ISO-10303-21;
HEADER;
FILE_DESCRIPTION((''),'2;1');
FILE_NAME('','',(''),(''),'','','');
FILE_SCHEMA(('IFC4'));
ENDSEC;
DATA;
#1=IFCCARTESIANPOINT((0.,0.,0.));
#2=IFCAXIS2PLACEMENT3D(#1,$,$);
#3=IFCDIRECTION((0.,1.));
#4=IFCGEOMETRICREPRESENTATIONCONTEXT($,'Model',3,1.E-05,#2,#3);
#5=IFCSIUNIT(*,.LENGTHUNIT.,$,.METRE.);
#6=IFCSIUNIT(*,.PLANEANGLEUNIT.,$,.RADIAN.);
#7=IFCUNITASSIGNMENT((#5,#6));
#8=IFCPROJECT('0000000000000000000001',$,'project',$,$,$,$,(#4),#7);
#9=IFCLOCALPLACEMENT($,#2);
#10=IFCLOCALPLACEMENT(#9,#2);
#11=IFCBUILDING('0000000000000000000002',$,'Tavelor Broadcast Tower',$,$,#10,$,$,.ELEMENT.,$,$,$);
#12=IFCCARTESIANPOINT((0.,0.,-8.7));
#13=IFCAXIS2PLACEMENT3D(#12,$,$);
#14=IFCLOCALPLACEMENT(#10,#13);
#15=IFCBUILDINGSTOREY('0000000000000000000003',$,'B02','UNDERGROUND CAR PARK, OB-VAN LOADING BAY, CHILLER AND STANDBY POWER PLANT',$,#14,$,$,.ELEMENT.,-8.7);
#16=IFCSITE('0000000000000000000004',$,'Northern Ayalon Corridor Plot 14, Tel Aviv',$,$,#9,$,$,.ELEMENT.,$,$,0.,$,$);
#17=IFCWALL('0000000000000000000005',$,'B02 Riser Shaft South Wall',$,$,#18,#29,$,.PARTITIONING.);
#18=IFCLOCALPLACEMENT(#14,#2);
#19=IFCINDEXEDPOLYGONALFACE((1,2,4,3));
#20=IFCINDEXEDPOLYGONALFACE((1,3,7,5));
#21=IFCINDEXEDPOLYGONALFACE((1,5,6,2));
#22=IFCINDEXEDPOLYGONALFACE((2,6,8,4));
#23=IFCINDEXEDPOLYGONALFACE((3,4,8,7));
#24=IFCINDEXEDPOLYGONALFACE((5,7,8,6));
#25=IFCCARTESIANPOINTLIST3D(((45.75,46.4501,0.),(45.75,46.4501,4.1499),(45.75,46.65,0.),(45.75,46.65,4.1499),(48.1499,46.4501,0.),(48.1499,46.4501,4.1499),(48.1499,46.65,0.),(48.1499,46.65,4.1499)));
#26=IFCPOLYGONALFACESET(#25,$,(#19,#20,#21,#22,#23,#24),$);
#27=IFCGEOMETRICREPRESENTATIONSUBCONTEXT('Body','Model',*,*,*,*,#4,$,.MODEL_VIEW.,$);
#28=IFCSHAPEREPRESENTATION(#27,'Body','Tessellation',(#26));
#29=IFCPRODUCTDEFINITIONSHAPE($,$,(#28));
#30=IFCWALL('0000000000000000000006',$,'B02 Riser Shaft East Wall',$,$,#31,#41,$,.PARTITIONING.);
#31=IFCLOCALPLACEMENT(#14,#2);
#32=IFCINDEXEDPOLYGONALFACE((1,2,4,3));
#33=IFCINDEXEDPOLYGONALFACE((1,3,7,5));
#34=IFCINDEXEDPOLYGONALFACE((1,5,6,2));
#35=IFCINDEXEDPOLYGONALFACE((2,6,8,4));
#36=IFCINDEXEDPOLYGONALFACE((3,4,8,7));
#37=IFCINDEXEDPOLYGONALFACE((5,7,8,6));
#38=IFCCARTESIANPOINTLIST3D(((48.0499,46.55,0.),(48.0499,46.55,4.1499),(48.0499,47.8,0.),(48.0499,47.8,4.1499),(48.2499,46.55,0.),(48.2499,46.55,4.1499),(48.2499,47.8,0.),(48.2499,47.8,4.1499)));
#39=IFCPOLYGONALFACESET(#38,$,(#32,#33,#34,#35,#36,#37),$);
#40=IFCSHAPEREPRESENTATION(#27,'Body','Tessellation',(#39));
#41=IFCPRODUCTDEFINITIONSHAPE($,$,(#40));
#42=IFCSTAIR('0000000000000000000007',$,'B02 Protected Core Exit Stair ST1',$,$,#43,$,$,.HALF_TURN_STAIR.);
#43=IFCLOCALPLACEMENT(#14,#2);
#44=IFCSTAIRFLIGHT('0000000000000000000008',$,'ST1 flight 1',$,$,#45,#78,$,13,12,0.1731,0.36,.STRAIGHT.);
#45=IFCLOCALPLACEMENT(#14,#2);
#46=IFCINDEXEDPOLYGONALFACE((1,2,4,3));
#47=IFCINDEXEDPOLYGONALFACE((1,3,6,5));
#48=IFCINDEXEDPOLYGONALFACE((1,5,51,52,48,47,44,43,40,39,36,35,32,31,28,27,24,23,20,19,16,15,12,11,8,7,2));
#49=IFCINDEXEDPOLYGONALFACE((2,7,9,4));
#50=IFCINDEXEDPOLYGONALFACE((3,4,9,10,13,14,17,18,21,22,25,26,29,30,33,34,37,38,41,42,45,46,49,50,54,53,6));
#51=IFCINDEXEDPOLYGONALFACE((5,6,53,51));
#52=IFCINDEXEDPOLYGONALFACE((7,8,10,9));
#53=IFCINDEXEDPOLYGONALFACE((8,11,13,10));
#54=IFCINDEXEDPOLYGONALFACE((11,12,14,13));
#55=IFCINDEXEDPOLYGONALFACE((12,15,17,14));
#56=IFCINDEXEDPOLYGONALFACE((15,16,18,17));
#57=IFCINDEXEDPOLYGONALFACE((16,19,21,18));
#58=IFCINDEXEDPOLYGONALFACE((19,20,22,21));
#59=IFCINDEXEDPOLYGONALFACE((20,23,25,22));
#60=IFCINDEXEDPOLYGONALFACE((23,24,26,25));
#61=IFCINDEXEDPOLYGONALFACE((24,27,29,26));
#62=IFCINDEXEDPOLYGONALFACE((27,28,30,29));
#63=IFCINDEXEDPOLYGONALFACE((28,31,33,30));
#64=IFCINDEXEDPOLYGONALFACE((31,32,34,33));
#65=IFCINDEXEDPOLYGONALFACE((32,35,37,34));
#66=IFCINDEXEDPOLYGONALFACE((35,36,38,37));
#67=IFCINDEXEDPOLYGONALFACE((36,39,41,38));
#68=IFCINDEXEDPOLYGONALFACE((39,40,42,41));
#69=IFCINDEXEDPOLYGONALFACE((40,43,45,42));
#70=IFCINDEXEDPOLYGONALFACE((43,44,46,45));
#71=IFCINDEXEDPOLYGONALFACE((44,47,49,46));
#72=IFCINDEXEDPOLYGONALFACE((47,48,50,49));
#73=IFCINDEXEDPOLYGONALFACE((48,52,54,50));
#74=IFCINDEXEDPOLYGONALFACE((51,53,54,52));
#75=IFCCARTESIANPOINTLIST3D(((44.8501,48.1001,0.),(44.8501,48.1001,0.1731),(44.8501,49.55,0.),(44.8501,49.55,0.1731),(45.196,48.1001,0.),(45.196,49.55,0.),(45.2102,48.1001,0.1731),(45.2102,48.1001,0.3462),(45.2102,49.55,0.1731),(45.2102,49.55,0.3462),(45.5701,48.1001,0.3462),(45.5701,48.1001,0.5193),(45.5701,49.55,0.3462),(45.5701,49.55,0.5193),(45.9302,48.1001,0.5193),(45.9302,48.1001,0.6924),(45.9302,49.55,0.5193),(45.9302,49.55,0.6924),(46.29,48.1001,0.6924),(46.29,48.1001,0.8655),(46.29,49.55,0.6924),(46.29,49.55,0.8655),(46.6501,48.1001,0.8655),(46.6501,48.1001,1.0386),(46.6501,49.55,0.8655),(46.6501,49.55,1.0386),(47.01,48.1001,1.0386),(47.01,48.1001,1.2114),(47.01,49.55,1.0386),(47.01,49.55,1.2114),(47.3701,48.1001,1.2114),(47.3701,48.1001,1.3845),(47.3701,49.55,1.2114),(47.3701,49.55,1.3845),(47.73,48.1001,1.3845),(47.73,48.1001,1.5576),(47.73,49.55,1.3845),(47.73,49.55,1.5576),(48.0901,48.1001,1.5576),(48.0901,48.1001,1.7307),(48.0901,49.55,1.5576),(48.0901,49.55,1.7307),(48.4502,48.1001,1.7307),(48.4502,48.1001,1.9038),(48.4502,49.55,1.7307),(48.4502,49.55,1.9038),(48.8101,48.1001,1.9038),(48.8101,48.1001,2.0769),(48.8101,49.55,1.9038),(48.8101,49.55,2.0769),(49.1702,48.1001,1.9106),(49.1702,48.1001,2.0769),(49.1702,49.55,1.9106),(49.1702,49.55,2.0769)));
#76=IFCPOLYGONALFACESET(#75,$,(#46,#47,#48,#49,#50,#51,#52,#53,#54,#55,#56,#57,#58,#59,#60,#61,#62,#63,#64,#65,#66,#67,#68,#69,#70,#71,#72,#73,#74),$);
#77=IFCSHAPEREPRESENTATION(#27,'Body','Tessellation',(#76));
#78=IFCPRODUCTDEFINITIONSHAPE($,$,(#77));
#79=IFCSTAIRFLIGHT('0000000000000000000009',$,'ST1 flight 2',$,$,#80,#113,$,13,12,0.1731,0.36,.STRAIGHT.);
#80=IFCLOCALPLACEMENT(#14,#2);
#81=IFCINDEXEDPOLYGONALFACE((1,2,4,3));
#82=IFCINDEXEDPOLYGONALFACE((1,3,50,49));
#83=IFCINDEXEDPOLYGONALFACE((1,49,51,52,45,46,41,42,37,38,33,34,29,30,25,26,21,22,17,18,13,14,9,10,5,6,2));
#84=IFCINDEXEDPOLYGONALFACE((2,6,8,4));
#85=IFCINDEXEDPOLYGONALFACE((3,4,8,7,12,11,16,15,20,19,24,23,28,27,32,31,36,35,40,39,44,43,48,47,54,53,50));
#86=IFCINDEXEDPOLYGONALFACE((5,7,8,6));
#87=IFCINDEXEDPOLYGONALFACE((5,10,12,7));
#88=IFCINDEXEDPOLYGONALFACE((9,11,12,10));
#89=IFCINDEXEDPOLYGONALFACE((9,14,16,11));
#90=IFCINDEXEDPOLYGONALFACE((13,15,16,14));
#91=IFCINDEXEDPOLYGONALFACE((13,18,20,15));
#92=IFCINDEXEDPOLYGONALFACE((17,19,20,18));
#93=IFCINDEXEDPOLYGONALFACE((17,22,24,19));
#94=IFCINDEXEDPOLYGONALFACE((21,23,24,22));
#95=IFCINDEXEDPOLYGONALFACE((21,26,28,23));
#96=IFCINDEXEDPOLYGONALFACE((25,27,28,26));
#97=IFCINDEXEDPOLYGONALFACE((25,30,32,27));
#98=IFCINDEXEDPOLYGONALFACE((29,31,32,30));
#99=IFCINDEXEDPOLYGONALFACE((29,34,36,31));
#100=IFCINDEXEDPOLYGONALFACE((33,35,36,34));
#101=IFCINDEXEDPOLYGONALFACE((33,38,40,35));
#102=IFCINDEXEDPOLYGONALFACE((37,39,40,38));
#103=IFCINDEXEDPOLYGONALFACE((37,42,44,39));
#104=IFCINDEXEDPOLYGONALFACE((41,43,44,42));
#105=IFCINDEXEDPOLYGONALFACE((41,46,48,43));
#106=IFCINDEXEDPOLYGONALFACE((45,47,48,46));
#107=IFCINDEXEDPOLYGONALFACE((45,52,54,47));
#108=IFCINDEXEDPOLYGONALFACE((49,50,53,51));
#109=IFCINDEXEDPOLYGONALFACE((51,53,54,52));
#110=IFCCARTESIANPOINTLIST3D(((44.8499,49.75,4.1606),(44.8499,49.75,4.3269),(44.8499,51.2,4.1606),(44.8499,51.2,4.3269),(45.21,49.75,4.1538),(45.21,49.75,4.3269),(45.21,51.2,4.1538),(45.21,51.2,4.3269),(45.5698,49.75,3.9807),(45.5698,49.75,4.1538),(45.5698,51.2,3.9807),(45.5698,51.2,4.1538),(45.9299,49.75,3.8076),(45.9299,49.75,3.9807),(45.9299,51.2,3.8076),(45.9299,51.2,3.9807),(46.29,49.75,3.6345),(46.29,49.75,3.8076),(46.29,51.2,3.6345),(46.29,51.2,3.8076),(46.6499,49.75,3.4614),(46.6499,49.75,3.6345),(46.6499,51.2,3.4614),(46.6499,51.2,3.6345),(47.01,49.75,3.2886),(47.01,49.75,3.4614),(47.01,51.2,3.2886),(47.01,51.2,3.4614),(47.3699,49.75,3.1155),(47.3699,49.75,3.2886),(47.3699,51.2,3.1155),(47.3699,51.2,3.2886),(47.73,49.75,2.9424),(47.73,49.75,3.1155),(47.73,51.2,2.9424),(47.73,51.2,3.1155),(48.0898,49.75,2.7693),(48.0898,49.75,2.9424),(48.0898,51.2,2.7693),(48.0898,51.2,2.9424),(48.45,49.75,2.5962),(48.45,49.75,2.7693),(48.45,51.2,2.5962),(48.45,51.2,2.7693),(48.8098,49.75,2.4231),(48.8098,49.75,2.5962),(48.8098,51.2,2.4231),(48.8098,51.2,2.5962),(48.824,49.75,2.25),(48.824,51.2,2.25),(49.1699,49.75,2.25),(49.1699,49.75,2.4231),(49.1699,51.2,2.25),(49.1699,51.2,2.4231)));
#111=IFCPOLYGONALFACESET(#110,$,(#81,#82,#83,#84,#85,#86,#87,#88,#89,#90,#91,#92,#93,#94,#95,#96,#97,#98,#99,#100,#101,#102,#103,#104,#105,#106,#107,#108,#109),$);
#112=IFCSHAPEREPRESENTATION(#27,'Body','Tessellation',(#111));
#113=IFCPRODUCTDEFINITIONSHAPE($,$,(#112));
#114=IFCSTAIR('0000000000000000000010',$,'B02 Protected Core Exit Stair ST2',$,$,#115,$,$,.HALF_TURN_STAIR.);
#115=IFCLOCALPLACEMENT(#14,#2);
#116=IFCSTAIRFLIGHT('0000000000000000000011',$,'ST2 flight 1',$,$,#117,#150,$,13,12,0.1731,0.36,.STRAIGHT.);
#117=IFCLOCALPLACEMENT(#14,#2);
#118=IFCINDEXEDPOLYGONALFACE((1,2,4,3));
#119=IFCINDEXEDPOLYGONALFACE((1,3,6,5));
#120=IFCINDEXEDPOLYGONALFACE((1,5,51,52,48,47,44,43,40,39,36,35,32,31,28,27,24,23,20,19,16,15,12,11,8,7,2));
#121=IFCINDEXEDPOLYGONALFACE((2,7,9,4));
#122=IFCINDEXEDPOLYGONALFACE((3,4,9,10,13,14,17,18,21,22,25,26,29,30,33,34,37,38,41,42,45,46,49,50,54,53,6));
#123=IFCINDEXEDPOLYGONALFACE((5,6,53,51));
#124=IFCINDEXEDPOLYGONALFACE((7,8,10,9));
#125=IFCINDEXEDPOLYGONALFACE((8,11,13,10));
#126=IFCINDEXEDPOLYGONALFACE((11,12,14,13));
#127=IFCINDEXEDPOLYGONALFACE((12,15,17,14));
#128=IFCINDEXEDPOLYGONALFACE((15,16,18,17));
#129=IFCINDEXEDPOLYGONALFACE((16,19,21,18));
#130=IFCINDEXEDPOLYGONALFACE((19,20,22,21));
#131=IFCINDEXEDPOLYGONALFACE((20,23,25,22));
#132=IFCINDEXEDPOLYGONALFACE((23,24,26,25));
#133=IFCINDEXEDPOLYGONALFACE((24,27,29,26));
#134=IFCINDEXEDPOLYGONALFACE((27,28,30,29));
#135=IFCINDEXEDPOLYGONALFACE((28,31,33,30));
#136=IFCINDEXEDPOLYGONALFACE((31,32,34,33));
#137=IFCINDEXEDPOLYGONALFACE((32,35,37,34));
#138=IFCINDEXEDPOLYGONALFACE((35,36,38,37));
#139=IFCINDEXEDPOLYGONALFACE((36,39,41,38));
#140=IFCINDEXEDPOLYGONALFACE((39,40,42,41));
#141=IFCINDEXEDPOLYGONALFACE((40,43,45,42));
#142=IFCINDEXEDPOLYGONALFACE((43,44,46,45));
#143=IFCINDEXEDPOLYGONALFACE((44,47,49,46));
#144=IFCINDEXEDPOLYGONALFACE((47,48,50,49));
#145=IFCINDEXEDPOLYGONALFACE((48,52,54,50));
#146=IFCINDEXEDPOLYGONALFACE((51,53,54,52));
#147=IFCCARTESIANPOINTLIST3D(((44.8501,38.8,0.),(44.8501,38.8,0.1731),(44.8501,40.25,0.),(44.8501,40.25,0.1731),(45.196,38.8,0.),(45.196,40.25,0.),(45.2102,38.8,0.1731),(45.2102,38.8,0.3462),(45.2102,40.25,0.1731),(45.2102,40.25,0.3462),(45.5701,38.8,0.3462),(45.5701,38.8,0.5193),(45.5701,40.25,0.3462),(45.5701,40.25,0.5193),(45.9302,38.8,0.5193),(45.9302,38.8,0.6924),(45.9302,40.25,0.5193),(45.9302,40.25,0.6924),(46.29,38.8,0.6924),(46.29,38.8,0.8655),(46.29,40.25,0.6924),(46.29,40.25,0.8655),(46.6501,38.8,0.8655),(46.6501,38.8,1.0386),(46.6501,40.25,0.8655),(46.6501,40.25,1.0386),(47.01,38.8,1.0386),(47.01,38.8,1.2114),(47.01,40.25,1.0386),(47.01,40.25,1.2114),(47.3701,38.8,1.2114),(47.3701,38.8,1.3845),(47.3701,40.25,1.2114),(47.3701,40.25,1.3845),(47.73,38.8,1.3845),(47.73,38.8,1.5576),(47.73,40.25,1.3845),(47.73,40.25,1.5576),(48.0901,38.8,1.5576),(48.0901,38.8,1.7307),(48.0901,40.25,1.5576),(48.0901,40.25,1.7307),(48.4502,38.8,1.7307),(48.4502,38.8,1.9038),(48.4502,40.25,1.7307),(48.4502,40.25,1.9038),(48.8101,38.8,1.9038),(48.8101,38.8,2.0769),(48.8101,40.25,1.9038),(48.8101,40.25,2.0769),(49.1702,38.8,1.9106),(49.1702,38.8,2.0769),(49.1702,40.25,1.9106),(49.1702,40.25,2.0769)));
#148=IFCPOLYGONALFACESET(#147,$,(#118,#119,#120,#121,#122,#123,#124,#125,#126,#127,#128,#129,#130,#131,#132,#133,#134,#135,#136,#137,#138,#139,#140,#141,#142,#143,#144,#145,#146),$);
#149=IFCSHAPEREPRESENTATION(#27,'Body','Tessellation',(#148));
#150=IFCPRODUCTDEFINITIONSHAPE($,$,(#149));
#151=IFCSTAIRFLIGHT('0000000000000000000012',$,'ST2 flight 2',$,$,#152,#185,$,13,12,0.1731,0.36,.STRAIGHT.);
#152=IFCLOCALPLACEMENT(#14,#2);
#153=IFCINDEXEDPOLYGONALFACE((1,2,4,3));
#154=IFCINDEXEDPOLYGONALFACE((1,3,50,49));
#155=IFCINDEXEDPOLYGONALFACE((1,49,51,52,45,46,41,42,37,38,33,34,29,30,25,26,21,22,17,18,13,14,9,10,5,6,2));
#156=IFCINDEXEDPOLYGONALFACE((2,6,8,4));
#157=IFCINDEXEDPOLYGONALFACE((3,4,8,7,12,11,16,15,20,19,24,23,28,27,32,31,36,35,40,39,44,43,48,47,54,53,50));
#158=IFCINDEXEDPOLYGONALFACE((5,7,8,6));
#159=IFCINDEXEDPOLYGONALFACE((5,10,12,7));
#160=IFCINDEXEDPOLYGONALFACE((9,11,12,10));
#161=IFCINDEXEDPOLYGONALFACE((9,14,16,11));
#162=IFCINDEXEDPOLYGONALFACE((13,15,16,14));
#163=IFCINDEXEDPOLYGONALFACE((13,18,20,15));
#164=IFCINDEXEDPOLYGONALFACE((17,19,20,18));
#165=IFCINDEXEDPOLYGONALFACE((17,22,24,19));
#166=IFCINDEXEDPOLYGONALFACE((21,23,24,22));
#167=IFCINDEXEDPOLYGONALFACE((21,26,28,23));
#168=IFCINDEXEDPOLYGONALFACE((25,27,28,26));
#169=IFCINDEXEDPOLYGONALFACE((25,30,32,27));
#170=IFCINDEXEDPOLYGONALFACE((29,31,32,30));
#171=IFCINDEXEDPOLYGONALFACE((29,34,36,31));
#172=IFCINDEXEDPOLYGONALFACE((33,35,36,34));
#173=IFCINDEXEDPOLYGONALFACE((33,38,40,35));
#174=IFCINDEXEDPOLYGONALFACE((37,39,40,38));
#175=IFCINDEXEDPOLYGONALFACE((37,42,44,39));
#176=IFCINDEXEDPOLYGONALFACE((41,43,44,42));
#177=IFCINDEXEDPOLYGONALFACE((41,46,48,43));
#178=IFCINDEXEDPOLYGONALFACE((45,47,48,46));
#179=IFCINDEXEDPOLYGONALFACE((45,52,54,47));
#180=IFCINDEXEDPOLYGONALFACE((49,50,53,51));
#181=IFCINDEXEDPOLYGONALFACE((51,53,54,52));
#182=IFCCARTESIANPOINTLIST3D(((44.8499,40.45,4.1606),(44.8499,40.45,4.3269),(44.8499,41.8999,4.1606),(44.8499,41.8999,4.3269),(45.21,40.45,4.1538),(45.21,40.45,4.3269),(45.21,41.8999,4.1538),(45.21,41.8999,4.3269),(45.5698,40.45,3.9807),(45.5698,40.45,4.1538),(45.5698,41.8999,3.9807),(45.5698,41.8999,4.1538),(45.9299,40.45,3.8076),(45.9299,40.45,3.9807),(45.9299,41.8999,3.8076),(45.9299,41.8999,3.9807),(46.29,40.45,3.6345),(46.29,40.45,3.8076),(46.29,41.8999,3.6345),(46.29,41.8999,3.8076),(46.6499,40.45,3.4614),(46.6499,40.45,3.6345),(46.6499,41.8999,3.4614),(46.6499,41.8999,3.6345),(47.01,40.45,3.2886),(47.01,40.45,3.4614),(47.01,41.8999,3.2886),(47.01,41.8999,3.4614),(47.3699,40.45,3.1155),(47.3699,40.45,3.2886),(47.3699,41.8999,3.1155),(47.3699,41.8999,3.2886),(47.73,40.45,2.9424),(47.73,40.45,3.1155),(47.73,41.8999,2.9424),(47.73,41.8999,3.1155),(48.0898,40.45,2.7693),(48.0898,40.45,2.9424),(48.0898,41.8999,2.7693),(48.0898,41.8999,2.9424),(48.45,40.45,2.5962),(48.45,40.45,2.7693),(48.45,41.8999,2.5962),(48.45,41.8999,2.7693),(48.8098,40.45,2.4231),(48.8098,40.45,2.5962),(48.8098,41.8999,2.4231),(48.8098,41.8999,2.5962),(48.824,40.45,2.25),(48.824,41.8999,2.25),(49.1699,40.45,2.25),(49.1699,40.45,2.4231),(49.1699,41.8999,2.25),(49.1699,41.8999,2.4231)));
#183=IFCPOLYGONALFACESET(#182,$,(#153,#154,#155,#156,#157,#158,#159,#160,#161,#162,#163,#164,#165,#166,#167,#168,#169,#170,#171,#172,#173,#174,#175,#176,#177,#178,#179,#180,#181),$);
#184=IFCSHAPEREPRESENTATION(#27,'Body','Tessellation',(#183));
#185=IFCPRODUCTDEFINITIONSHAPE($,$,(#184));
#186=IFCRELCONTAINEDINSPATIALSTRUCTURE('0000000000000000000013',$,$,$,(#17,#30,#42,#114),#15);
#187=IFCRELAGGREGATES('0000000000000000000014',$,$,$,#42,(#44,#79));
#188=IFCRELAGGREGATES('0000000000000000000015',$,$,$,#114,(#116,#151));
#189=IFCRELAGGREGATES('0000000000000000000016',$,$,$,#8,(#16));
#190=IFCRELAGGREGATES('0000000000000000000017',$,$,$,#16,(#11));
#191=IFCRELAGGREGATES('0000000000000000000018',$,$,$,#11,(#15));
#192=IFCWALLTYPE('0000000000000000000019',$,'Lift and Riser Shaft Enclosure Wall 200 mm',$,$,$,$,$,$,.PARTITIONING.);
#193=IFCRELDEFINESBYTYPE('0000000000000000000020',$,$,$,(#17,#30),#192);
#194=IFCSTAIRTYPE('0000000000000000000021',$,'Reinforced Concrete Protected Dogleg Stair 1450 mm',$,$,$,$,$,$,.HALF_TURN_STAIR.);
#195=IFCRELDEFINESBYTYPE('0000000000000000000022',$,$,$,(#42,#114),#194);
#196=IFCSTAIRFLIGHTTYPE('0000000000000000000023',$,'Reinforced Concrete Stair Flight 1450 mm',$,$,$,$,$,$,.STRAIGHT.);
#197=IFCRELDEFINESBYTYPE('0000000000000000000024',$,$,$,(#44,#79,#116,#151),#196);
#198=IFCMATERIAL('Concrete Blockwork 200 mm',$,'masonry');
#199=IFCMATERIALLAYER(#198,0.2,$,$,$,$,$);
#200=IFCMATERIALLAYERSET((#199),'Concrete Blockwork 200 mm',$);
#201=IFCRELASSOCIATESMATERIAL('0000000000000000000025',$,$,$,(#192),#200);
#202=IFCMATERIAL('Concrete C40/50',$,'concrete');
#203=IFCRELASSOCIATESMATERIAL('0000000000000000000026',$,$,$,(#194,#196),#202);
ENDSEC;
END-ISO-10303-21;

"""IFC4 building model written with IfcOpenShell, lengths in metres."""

from ifc_helpers import new_model, si_unit, direction, frame, frame_2d, origin, place, context, subcontext, project, spatial, polyline, rectangle, outline, extrude, material, layer, layer_set, type_object, element, aggregate, save


model = new_model("IFC4")

# Units and contexts
model_context = context("Model", 3, precision=1e-05, world=origin(), true_north=direction((0.0, 1.0)))
body_context = subcontext(model_context, "Body", "Model", "MODEL_VIEW")
ifc_project = project(units=[si_unit("LENGTHUNIT", "METRE"), si_unit("PLANEANGLEUNIT", "RADIAN")], contexts=[model_context])

# Site, building, storey
site_placement = place(None, origin())
site = spatial("IfcSite", under=ifc_project, at=site_placement, Name="Northern Ayalon Corridor Plot 14, Tel Aviv", CompositionType="ELEMENT", RefElevation=0.0)
building_placement = place(site_placement, origin())
building = spatial("IfcBuilding", under=site, at=building_placement, Name="Tavelor Broadcast Tower", CompositionType="ELEMENT")
storey_placement = place(building_placement, frame((0.0, 0.0, -8.7)))
storey = spatial("IfcBuildingStorey", under=building, at=storey_placement, Name="B02", Description="UNDERGROUND CAR PARK, OB-VAN LOADING BAY, CHILLER AND STANDBY POWER PLANT", CompositionType="ELEMENT", Elevation=-8.7)

# Shared definitions
ifc_material_1 = material(Name="Concrete C40/50", Category="concrete")

# Walls
ifc_material_2 = material(Name="Concrete Blockwork 200 mm", Category="masonry")
ifc_layer_1 = layer(ifc_material_2, 0.2)
ifc_layer_set_1 = layer_set([ifc_layer_1], Name="Concrete Blockwork 200 mm")
wall_type_1 = type_object("IfcWallType", Name="Lift and Riser Shaft Enclosure Wall 200 mm", PredefinedType="PARTITIONING", material=ifc_layer_set_1)
wall_1_placement = place(storey_placement, frame((45.75, 46.55, 0.0), z_axis=(0.0, 0.0, 1.0), x_axis=(1.0, 0.0, 0.0)))
element("IfcWall", 1, at=wall_1_placement, inside=storey, type_object=wall_type_1, Name="B02 Riser Shaft South Wall", PredefinedType="PARTITIONING", context=body_context, shape_type="SweptSolid", body=[
    extrude(rectangle(XDim=2.3999, YDim=0.2, at=frame_2d((1.2, 0.0))), origin(), (0.0, 0.0, 1.0), 4.1499),
])
wall_2_placement = place(storey_placement, frame((48.1499, 46.55, 0.0), z_axis=(0.0, 0.0, 1.0), x_axis=(0.0, 1.0, 0.0)))
element("IfcWall", 2, at=wall_2_placement, inside=storey, type_object=wall_type_1, Name="B02 Riser Shaft East Wall", PredefinedType="PARTITIONING", context=body_context, shape_type="SweptSolid", body=[
    extrude(rectangle(XDim=1.25, YDim=0.2, at=frame_2d((0.625, 0.0))), origin(), (0.0, 0.0, 1.0), 4.1499),
])

# Stairs, stair flights
stair_type = type_object("IfcStairType", Name="Reinforced Concrete Protected Dogleg Stair 1450 mm", PredefinedType="HALF_TURN_STAIR", material=ifc_material_1)
stair_1_placement = place(storey_placement, origin())
stair_1 = element("IfcStair", 3, at=stair_1_placement, inside=storey, type_object=stair_type, Name="B02 Protected Core Exit Stair ST1", PredefinedType="HALF_TURN_STAIR")
stair_flight_type = type_object("IfcStairFlightType", Name="Reinforced Concrete Stair Flight 1450 mm", PredefinedType="STRAIGHT", material=ifc_material_1)
stair_flight_1_placement = place(storey_placement, frame((44.8501, 48.825, 0.0), z_axis=(0.0, 0.0, 1.0), x_axis=(1.0, 0.0, 0.0)))
stair_flight_1 = element("IfcStairFlight", 4, at=stair_flight_1_placement, type_object=stair_flight_type, Name="ST1 flight 1", NumberOfRisers=13, NumberOfTreads=12, PredefinedType="STRAIGHT", RiserHeight=0.1731, TreadLength=0.36, context=body_context, shape_type="SweptSolid", body=[
    extrude(outline(polyline([(0.0, 0.0), (0.0, 0.1731), (0.3601, 0.1731), (0.3601, 0.3462), (0.72, 0.3462), (0.72, 0.5193), (1.0801, 0.5193), (1.0801, 0.6924), (1.4399, 0.6924), (1.4399, 0.8655), (1.8, 0.8655), (1.8, 1.0386), (2.1599, 1.0386), (2.1599, 1.2114), (2.52, 1.2114), (2.52, 1.3845), (2.8799, 1.3845), (2.8799, 1.5576), (3.24, 1.5576), (3.24, 1.7307), (3.6001, 1.7307), (3.6001, 1.9038), (3.96, 1.9038), (3.96, 2.0769), (4.3201, 2.0769), (4.3201, 2.25), (4.3201, 1.9106), (0.3459, 0.0), (0.0, 0.0)])), frame((0.0, 0.7251, 0.0), z_axis=(0.0, -1.0, 0.0), x_axis=(1.0, 0.0, 0.0)), (0.0, 0.0, 1.0), 1.45),
])
stair_flight_2_placement = place(storey_placement, frame((49.1699, 50.4751, 2.25), z_axis=(0.0, 0.0, 1.0), x_axis=(-1.0, 0.0, 0.0)))
stair_flight_2 = element("IfcStairFlight", 5, at=stair_flight_2_placement, type_object=stair_flight_type, Name="ST1 flight 2", NumberOfRisers=13, NumberOfTreads=12, PredefinedType="STRAIGHT", RiserHeight=0.1731, TreadLength=0.36, context=body_context, shape_type="SweptSolid", body=[
    extrude(outline(polyline([(0.0, 0.0), (0.0, 0.1731), (0.3601, 0.1731), (0.3601, 0.3462), (0.72, 0.3462), (0.72, 0.5193), (1.0801, 0.5193), (1.0801, 0.6924), (1.4399, 0.6924), (1.4399, 0.8655), (1.8, 0.8655), (1.8, 1.0386), (2.1599, 1.0386), (2.1599, 1.2114), (2.52, 1.2114), (2.52, 1.3845), (2.8799, 1.3845), (2.8799, 1.5576), (3.24, 1.5576), (3.24, 1.7307), (3.6001, 1.7307), (3.6001, 1.9038), (3.96, 1.9038), (3.96, 2.0769), (4.3201, 2.0769), (4.3201, 2.25), (4.3201, 1.9106), (0.3459, 0.0), (0.0, 0.0)])), frame((0.0, 0.7251, 0.0), z_axis=(0.0, -1.0, 0.0), x_axis=(1.0, 0.0, 0.0)), (0.0, 0.0, 1.0), 1.45),
])
aggregate(stair_1, [stair_flight_1, stair_flight_2])
stair_2_placement = place(storey_placement, origin())
stair_2 = element("IfcStair", 6, at=stair_2_placement, inside=storey, type_object=stair_type, Name="B02 Protected Core Exit Stair ST2", PredefinedType="HALF_TURN_STAIR")
stair_flight_3_placement = place(storey_placement, frame((44.8501, 39.5249, 0.0), z_axis=(0.0, 0.0, 1.0), x_axis=(1.0, 0.0, 0.0)))
stair_flight_3 = element("IfcStairFlight", 7, at=stair_flight_3_placement, type_object=stair_flight_type, Name="ST2 flight 1", NumberOfRisers=13, NumberOfTreads=12, PredefinedType="STRAIGHT", RiserHeight=0.1731, TreadLength=0.36, context=body_context, shape_type="SweptSolid", body=[
    extrude(outline(polyline([(0.0, 0.0), (0.0, 0.1731), (0.3601, 0.1731), (0.3601, 0.3462), (0.72, 0.3462), (0.72, 0.5193), (1.0801, 0.5193), (1.0801, 0.6924), (1.4399, 0.6924), (1.4399, 0.8655), (1.8, 0.8655), (1.8, 1.0386), (2.1599, 1.0386), (2.1599, 1.2114), (2.52, 1.2114), (2.52, 1.3845), (2.8799, 1.3845), (2.8799, 1.5576), (3.24, 1.5576), (3.24, 1.7307), (3.6001, 1.7307), (3.6001, 1.9038), (3.96, 1.9038), (3.96, 2.0769), (4.3201, 2.0769), (4.3201, 2.25), (4.3201, 1.9106), (0.3459, 0.0), (0.0, 0.0)])), frame((0.0, 0.7251, 0.0), z_axis=(0.0, -1.0, 0.0), x_axis=(1.0, 0.0, 0.0)), (0.0, 0.0, 1.0), 1.45),
])
stair_flight_4_placement = place(storey_placement, frame((49.1699, 41.175, 2.25), z_axis=(0.0, 0.0, 1.0), x_axis=(-1.0, 0.0, 0.0)))
stair_flight_4 = element("IfcStairFlight", 8, at=stair_flight_4_placement, type_object=stair_flight_type, Name="ST2 flight 2", NumberOfRisers=13, NumberOfTreads=12, PredefinedType="STRAIGHT", RiserHeight=0.1731, TreadLength=0.36, context=body_context, shape_type="SweptSolid", body=[
    extrude(outline(polyline([(0.0, 0.0), (0.0, 0.1731), (0.3601, 0.1731), (0.3601, 0.3462), (0.72, 0.3462), (0.72, 0.5193), (1.0801, 0.5193), (1.0801, 0.6924), (1.4399, 0.6924), (1.4399, 0.8655), (1.8, 0.8655), (1.8, 1.0386), (2.1599, 1.0386), (2.1599, 1.2114), (2.52, 1.2114), (2.52, 1.3845), (2.8799, 1.3845), (2.8799, 1.5576), (3.24, 1.5576), (3.24, 1.7307), (3.6001, 1.7307), (3.6001, 1.9038), (3.96, 1.9038), (3.96, 2.0769), (4.3201, 2.0769), (4.3201, 2.25), (4.3201, 1.9106), (0.3459, 0.0), (0.0, 0.0)])), frame((0.0, 0.7251, 0.0), z_axis=(0.0, -1.0, 0.0), x_axis=(1.0, 0.0, 0.0)), (0.0, 0.0, 1.0), 1.45),
])
aggregate(stair_2, [stair_flight_3, stair_flight_4])

save(model, "model.ifc")
